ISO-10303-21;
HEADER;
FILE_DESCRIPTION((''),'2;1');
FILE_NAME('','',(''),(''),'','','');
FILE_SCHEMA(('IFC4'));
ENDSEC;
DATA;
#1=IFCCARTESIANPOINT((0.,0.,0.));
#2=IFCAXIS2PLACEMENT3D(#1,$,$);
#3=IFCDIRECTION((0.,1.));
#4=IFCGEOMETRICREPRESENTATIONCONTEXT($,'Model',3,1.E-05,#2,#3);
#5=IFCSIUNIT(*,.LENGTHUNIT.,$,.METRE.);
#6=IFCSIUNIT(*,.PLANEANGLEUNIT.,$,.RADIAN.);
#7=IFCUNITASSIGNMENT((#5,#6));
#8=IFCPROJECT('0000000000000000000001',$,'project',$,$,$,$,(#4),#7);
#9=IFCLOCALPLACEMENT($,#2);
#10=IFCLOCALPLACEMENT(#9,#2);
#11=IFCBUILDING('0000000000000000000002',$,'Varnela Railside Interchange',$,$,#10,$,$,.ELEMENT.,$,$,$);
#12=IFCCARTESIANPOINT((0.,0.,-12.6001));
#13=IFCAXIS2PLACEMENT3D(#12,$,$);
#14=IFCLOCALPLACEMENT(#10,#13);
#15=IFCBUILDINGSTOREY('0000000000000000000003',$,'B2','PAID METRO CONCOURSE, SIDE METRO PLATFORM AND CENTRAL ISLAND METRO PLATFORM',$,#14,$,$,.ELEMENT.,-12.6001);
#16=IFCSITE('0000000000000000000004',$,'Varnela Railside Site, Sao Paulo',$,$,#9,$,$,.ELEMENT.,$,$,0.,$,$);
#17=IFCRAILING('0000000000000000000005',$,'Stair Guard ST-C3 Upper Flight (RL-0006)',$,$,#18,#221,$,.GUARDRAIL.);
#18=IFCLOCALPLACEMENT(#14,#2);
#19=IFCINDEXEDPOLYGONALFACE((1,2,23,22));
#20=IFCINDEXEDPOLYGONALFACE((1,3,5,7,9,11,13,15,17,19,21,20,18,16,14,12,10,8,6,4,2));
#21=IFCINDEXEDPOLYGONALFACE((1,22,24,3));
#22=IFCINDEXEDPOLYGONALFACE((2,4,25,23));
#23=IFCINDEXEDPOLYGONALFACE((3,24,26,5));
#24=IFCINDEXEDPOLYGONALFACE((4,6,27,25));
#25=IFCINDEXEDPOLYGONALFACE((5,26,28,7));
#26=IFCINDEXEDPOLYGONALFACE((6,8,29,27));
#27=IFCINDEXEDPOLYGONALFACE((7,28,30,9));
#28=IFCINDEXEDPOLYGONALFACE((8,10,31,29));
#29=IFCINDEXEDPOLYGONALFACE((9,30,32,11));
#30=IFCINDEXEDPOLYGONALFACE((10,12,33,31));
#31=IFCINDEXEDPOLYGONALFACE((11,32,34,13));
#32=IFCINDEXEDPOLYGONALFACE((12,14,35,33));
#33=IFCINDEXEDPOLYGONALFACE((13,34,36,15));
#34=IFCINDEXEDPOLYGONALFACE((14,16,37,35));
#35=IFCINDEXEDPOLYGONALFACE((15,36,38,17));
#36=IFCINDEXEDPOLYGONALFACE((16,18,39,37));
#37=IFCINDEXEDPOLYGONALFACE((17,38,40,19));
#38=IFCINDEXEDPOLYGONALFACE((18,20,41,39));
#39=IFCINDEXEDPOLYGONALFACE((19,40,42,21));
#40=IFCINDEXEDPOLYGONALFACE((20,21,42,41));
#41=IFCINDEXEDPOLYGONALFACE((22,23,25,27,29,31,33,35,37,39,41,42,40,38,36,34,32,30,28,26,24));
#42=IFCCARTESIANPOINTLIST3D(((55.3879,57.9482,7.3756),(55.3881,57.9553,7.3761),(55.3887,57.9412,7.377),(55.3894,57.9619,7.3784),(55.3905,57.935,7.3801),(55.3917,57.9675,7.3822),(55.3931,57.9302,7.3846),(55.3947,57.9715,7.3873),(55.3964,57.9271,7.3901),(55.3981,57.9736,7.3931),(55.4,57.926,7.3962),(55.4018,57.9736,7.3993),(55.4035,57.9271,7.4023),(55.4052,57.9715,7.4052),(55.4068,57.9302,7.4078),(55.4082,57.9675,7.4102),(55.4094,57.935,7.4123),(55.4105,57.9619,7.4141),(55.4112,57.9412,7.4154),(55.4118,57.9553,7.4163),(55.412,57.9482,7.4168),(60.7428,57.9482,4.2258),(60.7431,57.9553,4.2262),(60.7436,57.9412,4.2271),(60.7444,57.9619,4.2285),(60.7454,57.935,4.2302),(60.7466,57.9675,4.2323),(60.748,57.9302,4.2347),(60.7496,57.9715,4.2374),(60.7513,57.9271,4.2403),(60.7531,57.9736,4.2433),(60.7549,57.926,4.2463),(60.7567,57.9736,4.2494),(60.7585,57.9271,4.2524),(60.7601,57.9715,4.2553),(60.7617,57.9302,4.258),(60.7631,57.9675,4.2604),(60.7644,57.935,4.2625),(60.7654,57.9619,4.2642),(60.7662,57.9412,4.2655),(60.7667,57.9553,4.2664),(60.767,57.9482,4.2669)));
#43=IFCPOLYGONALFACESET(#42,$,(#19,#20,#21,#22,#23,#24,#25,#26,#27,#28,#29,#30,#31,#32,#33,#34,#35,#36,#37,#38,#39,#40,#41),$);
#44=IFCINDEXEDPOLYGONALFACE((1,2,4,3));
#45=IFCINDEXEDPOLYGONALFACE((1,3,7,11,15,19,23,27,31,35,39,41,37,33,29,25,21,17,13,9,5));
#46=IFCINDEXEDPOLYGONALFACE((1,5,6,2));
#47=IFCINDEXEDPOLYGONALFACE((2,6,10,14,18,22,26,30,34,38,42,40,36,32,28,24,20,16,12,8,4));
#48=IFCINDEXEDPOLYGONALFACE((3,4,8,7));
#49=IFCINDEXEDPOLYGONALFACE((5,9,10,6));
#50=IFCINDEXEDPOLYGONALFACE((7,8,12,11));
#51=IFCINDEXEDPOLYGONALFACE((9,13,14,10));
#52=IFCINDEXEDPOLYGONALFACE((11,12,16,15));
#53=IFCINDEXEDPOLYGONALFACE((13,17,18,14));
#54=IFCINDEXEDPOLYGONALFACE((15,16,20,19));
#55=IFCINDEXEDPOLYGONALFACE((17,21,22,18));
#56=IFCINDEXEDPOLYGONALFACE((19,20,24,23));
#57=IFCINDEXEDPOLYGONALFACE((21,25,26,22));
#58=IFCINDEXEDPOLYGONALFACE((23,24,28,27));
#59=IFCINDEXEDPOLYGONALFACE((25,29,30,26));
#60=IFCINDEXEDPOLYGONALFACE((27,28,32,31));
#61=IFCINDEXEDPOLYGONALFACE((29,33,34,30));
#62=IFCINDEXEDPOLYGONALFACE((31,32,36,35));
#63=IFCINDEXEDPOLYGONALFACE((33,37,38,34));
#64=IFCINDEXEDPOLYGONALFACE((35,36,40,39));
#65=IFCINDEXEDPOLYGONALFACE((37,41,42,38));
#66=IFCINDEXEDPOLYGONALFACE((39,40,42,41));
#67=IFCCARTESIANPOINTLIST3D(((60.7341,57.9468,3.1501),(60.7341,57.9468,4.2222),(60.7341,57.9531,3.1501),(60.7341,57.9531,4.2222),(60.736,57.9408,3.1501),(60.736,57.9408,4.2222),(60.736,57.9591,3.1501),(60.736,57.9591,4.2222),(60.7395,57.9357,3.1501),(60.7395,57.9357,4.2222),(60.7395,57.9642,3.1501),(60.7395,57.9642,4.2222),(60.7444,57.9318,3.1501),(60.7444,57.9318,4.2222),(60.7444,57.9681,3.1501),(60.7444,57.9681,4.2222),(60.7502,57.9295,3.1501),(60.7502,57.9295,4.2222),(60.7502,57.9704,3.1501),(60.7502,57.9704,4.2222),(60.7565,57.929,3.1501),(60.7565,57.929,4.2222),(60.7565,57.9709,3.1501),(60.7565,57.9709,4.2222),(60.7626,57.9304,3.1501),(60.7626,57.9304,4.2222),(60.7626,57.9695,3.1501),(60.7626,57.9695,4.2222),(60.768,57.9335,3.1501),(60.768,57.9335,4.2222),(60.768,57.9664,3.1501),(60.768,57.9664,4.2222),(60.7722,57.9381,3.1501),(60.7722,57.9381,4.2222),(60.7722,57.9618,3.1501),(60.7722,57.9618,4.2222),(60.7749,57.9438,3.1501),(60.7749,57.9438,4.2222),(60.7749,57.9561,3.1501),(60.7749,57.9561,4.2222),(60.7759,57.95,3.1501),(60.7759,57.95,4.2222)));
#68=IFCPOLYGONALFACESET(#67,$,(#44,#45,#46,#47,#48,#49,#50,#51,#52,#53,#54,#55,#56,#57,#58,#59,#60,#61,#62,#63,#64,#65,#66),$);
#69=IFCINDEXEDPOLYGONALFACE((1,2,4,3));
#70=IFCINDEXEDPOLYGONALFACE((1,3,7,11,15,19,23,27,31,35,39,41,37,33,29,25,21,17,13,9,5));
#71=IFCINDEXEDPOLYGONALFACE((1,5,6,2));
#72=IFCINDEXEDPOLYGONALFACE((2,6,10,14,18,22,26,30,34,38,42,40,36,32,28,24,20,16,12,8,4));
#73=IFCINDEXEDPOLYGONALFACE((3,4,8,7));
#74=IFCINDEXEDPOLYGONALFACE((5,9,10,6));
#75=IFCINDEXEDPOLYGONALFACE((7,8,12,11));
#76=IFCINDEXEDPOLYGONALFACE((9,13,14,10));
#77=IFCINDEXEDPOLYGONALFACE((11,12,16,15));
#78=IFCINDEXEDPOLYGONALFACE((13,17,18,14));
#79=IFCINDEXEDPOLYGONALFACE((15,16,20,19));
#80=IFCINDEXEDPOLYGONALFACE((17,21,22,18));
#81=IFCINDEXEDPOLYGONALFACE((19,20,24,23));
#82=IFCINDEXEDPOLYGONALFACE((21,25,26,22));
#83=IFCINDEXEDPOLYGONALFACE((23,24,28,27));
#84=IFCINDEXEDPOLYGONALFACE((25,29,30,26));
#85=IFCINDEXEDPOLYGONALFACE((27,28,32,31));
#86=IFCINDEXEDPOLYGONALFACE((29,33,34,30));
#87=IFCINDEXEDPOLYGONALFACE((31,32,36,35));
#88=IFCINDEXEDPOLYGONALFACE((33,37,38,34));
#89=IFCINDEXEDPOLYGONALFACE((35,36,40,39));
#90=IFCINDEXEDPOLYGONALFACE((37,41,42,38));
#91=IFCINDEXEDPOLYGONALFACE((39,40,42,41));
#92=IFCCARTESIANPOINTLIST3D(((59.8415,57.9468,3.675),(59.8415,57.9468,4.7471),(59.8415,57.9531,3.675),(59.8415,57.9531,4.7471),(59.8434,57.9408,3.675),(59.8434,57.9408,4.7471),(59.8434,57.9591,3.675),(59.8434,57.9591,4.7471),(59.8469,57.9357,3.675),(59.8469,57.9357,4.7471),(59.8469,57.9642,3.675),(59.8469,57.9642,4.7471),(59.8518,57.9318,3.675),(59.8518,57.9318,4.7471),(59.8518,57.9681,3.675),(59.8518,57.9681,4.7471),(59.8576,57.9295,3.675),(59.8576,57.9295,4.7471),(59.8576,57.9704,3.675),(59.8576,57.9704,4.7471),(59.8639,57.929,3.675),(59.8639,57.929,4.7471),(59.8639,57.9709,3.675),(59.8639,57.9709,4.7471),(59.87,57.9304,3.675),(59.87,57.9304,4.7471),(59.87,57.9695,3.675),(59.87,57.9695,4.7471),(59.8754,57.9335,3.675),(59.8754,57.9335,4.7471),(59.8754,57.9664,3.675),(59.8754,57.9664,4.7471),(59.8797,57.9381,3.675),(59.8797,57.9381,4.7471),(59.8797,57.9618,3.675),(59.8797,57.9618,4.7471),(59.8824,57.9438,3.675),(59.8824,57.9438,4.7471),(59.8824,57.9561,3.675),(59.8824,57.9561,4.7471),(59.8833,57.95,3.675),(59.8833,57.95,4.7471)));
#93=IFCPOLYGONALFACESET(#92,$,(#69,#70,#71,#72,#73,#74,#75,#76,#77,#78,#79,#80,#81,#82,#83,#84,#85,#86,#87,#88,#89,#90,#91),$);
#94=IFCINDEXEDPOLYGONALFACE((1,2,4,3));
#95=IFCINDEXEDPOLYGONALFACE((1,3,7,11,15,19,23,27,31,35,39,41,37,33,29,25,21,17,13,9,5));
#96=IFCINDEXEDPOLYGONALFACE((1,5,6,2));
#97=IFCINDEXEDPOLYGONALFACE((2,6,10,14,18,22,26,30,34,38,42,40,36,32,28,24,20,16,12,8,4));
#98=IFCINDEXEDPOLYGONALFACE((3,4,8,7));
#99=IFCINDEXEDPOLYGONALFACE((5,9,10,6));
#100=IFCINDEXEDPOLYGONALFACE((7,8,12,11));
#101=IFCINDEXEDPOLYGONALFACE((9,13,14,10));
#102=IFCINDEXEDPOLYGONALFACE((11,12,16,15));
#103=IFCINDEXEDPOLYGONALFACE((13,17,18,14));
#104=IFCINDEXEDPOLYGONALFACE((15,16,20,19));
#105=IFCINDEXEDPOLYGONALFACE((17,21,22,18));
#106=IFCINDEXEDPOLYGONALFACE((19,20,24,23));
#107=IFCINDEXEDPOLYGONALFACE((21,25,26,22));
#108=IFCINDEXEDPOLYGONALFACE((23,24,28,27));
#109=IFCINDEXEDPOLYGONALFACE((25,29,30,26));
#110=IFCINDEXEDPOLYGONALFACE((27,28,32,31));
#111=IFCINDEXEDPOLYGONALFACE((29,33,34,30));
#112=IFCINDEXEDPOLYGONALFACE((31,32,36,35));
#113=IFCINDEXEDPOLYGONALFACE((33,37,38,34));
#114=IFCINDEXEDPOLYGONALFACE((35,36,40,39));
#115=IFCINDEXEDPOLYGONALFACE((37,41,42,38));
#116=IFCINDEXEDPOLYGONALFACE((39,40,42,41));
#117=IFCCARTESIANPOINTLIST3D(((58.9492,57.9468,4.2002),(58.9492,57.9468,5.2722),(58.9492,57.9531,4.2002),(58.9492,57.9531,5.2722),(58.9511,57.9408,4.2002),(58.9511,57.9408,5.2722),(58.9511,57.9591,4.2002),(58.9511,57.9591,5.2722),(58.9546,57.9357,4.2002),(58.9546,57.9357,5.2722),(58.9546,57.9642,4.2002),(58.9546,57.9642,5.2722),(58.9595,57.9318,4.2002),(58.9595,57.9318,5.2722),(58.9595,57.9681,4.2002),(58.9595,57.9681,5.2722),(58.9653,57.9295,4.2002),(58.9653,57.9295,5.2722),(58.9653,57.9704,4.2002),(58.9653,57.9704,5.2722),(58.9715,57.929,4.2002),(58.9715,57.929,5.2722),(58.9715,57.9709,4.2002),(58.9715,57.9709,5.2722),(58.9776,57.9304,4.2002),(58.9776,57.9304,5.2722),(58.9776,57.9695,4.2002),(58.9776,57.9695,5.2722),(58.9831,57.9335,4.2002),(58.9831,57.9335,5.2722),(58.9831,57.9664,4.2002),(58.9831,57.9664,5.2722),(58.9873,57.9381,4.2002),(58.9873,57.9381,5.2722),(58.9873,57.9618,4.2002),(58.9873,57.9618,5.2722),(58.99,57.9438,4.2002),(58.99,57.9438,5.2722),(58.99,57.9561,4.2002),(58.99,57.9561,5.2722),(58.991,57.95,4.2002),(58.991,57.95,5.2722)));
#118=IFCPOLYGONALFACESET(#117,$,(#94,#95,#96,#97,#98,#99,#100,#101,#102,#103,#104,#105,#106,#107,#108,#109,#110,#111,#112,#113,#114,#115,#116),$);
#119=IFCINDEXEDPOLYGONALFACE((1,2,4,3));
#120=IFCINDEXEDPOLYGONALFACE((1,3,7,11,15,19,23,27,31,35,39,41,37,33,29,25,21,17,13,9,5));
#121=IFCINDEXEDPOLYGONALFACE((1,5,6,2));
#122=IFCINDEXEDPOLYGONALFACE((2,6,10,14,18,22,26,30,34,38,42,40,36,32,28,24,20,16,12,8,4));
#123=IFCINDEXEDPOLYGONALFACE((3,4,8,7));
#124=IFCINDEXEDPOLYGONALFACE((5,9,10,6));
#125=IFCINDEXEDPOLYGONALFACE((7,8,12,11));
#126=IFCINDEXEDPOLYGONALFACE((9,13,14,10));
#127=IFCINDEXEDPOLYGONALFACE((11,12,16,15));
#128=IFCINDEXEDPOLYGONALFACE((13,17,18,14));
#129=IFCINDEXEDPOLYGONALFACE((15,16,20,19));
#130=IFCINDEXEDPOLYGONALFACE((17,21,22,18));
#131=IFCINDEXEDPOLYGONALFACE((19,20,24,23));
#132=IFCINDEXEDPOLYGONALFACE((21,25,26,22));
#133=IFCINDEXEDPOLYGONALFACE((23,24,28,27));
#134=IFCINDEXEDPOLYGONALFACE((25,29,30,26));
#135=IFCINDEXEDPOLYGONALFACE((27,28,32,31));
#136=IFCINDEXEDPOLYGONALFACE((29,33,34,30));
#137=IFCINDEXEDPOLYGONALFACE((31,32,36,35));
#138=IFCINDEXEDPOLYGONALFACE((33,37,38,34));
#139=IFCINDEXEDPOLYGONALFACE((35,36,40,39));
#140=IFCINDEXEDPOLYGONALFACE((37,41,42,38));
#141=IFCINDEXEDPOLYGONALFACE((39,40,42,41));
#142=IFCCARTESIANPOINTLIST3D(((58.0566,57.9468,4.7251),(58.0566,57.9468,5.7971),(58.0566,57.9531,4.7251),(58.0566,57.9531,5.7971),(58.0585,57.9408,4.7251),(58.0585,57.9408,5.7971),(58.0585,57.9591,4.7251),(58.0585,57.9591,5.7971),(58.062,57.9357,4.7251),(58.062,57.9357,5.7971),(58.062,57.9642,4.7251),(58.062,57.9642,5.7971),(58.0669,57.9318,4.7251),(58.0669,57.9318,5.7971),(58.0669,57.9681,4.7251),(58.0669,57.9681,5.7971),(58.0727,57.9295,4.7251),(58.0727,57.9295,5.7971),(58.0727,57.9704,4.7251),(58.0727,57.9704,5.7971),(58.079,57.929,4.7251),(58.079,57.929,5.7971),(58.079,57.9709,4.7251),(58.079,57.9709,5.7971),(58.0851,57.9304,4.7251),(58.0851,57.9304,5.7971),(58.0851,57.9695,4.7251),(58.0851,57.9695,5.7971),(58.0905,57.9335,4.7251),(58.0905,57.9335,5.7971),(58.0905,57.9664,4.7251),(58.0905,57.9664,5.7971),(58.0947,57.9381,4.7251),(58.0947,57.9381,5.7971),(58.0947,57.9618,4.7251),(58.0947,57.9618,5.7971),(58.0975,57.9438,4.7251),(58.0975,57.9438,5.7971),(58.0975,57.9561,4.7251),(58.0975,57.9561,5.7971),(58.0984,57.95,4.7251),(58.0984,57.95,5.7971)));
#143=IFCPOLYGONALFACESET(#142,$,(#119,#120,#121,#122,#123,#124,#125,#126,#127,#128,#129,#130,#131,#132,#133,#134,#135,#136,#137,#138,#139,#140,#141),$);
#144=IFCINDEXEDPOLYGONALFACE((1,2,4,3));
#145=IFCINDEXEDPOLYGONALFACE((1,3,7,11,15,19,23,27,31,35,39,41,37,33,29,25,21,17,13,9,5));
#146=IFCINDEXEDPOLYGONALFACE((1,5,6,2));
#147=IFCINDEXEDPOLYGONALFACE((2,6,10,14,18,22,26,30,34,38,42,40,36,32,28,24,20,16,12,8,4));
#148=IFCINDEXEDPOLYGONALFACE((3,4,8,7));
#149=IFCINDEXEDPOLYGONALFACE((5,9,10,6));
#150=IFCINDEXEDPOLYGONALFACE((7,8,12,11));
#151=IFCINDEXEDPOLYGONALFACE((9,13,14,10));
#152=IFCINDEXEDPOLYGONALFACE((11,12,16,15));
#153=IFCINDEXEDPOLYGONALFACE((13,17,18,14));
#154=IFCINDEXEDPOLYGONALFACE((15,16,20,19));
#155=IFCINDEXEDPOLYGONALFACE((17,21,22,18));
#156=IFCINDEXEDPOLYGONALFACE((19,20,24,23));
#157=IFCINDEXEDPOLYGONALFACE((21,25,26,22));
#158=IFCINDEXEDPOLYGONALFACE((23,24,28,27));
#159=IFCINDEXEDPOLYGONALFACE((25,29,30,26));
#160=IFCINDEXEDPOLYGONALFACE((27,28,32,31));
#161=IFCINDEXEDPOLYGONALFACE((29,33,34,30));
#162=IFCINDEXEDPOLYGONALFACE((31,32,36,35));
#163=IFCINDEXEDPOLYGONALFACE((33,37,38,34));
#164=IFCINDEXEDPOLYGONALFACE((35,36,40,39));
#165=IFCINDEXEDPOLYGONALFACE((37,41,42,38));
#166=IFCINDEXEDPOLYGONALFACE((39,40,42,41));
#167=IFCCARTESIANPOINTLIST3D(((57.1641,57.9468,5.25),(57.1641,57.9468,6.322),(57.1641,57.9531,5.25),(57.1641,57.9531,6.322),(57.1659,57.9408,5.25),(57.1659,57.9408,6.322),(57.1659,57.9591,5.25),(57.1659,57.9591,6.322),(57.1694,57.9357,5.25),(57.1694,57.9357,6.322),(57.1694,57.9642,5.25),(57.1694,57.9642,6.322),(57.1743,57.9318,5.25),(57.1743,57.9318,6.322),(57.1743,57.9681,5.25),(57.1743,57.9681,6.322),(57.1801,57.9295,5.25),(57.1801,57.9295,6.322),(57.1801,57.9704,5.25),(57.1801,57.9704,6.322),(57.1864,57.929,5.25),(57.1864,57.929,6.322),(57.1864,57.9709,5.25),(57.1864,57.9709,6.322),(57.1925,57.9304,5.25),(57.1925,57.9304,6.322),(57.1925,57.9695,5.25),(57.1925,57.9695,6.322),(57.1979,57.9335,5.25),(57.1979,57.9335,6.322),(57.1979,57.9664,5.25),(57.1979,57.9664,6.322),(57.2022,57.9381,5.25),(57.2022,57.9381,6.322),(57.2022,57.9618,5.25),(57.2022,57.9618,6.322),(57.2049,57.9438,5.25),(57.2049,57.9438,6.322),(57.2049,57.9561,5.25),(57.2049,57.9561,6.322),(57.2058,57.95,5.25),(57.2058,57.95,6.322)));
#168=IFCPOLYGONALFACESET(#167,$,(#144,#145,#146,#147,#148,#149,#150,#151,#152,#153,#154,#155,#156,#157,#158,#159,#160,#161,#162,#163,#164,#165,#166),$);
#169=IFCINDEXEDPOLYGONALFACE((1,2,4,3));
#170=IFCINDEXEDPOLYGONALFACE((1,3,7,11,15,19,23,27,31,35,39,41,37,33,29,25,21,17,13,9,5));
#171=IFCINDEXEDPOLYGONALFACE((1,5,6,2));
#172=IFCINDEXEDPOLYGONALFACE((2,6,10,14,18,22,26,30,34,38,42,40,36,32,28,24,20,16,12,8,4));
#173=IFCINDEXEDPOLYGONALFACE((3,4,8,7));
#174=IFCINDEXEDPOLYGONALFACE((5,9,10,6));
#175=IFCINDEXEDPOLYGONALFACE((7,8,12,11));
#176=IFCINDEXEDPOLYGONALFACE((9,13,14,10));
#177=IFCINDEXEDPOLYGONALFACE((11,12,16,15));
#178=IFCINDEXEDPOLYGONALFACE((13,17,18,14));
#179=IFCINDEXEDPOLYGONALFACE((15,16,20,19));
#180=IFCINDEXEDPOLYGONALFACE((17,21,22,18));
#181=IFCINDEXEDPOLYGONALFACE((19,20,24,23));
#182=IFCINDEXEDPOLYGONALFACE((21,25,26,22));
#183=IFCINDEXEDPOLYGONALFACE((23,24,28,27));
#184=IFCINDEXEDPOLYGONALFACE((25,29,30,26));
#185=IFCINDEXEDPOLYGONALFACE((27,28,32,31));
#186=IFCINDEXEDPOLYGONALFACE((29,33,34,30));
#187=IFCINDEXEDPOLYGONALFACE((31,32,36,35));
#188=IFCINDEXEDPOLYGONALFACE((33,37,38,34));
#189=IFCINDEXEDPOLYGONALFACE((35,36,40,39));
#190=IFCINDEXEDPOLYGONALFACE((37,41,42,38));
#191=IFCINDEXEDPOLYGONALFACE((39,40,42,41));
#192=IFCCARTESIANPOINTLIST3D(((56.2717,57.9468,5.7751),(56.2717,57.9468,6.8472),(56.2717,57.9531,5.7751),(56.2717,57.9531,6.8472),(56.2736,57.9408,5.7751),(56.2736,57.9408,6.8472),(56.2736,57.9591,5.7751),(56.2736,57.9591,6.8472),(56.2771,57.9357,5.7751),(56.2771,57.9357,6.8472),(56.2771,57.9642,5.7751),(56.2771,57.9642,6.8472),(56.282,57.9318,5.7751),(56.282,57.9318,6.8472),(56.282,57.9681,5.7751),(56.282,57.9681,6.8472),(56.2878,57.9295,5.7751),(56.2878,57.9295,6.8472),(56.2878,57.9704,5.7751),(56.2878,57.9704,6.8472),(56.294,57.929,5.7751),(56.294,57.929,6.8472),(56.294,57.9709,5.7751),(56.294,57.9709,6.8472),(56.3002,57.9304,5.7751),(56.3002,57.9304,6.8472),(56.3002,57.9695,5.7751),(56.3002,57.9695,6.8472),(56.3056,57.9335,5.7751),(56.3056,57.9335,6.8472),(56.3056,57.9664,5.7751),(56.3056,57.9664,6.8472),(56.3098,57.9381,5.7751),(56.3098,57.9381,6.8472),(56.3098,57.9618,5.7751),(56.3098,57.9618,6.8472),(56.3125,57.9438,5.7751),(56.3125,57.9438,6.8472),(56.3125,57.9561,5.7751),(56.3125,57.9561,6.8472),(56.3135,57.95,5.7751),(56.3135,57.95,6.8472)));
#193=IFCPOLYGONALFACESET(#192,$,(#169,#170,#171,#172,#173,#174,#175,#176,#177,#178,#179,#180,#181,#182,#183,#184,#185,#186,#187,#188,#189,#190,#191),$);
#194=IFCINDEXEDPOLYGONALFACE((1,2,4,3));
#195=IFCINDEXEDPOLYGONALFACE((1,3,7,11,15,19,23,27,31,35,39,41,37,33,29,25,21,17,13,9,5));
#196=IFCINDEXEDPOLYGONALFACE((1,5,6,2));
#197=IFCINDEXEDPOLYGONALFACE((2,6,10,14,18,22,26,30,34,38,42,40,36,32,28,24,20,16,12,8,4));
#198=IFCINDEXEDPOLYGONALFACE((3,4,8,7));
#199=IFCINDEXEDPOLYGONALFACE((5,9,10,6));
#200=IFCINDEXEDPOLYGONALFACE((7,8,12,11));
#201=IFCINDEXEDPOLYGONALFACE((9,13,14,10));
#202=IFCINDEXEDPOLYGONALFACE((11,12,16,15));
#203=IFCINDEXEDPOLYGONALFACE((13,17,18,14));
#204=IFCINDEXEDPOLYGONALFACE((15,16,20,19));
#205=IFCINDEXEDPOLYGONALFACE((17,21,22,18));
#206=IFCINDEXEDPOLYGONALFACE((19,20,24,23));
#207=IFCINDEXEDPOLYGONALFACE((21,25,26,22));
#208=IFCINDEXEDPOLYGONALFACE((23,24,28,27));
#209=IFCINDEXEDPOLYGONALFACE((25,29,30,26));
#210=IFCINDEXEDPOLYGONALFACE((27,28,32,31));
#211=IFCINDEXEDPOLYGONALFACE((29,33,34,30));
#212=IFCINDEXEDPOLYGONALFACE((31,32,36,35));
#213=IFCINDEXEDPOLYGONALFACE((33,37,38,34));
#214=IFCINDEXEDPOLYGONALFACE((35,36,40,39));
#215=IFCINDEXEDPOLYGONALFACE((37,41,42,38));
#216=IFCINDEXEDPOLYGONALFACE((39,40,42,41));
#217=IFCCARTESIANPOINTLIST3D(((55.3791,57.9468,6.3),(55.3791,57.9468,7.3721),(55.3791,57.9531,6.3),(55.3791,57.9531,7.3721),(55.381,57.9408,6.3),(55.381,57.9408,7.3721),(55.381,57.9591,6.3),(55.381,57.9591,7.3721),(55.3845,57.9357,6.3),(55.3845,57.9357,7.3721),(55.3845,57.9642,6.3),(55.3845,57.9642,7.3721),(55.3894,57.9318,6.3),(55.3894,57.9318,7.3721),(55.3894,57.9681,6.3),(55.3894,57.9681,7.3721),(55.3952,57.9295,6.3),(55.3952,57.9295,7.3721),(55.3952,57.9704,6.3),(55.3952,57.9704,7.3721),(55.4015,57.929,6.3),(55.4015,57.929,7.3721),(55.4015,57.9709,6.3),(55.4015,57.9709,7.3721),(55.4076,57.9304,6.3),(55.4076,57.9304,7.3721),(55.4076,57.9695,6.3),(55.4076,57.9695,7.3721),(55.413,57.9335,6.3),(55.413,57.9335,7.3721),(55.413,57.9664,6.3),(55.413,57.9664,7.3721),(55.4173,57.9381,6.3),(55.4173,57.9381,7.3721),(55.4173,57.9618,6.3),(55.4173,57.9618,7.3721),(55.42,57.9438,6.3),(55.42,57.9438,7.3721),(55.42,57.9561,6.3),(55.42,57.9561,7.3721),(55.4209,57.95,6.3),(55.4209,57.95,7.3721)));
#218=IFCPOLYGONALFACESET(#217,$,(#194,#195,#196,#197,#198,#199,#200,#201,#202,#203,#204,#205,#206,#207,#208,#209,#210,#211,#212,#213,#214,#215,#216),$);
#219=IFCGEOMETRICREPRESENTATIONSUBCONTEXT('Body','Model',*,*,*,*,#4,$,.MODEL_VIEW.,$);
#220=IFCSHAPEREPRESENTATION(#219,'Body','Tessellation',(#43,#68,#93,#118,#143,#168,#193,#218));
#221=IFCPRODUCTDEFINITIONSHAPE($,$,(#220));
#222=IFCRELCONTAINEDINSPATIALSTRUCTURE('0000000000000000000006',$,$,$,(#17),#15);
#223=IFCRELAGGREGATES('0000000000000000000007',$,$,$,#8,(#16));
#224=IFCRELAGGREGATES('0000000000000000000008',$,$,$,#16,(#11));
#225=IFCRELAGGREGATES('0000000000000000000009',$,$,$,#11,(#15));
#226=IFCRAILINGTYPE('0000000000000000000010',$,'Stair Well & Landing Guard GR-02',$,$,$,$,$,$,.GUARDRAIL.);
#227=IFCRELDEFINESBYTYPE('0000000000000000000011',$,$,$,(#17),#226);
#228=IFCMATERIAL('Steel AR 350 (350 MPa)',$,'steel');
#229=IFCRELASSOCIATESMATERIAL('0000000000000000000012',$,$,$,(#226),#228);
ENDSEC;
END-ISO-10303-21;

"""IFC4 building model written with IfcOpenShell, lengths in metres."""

from ifc_helpers import new_model, si_unit, direction, frame, origin, origin_2d, place, context, subcontext, project, spatial, circle, extrude, material, type_object, element, save


model = new_model("IFC4")

# Units and contexts
model_context = context("Model", 3, precision=1e-05, world=origin(), true_north=direction((0.0, 1.0)))
body_context = subcontext(model_context, "Body", "Model", "MODEL_VIEW")
ifc_project = project(units=[si_unit("LENGTHUNIT", "METRE"), si_unit("PLANEANGLEUNIT", "RADIAN")], contexts=[model_context])

# Site, building, storey
site_placement = place(None, origin())
site = spatial("IfcSite", under=ifc_project, at=site_placement, Name="Varnela Railside Site, Sao Paulo", CompositionType="ELEMENT", RefElevation=0.0)
building_placement = place(site_placement, origin())
building = spatial("IfcBuilding", under=site, at=building_placement, Name="Varnela Railside Interchange", CompositionType="ELEMENT")
storey_placement = place(building_placement, frame((0.0, 0.0, -12.6001)))
storey = spatial("IfcBuildingStorey", under=building, at=storey_placement, Name="B2", Description="PAID METRO CONCOURSE, SIDE METRO PLATFORM AND CENTRAL ISLAND METRO PLATFORM", CompositionType="ELEMENT", Elevation=-12.6001)

# Railing
ifc_material_1 = material(Name="Steel AR 350 (350 MPa)", Category="steel")
railing_type = type_object("IfcRailingType", Name="Stair Well & Landing Guard GR-02", PredefinedType="GUARDRAIL", material=ifc_material_1)
railing_placement = place(storey_placement, frame((60.7549, 57.95, 3.1501)))
element("IfcRailing", 1, at=railing_placement, inside=storey, type_object=railing_type, Name="Stair Guard ST-C3 Upper Flight (RL-0006)", PredefinedType="GUARDRAIL", context=body_context, shape_type="SweptSolid", body=[
    extrude(circle(Radius=0.0239, at=origin_2d()), frame((0.0, 0.0, 1.0962), z_axis=(-0.86194, 0.0, 0.50701), x_axis=(0.0, -1.0, 0.0)), (0.0, 0.0, 1.0), 6.2126),
    extrude(circle(Radius=0.021, at=origin_2d()), origin(), (0.0, 0.0, 1.0), 1.072),
    extrude(circle(Radius=0.021, at=origin_2d()), frame((-0.8926, 0.0, 0.5249)), (0.0, 0.0, 1.0), 1.072),
    extrude(circle(Radius=0.021, at=origin_2d()), frame((-1.7849, 0.0, 1.05)), (0.0, 0.0, 1.0), 1.072),
    extrude(circle(Radius=0.021, at=origin_2d()), frame((-2.6775, 0.0, 1.575)), (0.0, 0.0, 1.0), 1.072),
    extrude(circle(Radius=0.021, at=origin_2d()), frame((-3.5701, 0.0, 2.0999)), (0.0, 0.0, 1.0), 1.072),
    extrude(circle(Radius=0.021, at=origin_2d()), frame((-4.4624, 0.0, 2.625)), (0.0, 0.0, 1.0), 1.072),
    extrude(circle(Radius=0.021, at=origin_2d()), frame((-5.355, 0.0, 3.1499)), (0.0, 0.0, 1.0), 1.072),
])

save(model, "model.ifc")
